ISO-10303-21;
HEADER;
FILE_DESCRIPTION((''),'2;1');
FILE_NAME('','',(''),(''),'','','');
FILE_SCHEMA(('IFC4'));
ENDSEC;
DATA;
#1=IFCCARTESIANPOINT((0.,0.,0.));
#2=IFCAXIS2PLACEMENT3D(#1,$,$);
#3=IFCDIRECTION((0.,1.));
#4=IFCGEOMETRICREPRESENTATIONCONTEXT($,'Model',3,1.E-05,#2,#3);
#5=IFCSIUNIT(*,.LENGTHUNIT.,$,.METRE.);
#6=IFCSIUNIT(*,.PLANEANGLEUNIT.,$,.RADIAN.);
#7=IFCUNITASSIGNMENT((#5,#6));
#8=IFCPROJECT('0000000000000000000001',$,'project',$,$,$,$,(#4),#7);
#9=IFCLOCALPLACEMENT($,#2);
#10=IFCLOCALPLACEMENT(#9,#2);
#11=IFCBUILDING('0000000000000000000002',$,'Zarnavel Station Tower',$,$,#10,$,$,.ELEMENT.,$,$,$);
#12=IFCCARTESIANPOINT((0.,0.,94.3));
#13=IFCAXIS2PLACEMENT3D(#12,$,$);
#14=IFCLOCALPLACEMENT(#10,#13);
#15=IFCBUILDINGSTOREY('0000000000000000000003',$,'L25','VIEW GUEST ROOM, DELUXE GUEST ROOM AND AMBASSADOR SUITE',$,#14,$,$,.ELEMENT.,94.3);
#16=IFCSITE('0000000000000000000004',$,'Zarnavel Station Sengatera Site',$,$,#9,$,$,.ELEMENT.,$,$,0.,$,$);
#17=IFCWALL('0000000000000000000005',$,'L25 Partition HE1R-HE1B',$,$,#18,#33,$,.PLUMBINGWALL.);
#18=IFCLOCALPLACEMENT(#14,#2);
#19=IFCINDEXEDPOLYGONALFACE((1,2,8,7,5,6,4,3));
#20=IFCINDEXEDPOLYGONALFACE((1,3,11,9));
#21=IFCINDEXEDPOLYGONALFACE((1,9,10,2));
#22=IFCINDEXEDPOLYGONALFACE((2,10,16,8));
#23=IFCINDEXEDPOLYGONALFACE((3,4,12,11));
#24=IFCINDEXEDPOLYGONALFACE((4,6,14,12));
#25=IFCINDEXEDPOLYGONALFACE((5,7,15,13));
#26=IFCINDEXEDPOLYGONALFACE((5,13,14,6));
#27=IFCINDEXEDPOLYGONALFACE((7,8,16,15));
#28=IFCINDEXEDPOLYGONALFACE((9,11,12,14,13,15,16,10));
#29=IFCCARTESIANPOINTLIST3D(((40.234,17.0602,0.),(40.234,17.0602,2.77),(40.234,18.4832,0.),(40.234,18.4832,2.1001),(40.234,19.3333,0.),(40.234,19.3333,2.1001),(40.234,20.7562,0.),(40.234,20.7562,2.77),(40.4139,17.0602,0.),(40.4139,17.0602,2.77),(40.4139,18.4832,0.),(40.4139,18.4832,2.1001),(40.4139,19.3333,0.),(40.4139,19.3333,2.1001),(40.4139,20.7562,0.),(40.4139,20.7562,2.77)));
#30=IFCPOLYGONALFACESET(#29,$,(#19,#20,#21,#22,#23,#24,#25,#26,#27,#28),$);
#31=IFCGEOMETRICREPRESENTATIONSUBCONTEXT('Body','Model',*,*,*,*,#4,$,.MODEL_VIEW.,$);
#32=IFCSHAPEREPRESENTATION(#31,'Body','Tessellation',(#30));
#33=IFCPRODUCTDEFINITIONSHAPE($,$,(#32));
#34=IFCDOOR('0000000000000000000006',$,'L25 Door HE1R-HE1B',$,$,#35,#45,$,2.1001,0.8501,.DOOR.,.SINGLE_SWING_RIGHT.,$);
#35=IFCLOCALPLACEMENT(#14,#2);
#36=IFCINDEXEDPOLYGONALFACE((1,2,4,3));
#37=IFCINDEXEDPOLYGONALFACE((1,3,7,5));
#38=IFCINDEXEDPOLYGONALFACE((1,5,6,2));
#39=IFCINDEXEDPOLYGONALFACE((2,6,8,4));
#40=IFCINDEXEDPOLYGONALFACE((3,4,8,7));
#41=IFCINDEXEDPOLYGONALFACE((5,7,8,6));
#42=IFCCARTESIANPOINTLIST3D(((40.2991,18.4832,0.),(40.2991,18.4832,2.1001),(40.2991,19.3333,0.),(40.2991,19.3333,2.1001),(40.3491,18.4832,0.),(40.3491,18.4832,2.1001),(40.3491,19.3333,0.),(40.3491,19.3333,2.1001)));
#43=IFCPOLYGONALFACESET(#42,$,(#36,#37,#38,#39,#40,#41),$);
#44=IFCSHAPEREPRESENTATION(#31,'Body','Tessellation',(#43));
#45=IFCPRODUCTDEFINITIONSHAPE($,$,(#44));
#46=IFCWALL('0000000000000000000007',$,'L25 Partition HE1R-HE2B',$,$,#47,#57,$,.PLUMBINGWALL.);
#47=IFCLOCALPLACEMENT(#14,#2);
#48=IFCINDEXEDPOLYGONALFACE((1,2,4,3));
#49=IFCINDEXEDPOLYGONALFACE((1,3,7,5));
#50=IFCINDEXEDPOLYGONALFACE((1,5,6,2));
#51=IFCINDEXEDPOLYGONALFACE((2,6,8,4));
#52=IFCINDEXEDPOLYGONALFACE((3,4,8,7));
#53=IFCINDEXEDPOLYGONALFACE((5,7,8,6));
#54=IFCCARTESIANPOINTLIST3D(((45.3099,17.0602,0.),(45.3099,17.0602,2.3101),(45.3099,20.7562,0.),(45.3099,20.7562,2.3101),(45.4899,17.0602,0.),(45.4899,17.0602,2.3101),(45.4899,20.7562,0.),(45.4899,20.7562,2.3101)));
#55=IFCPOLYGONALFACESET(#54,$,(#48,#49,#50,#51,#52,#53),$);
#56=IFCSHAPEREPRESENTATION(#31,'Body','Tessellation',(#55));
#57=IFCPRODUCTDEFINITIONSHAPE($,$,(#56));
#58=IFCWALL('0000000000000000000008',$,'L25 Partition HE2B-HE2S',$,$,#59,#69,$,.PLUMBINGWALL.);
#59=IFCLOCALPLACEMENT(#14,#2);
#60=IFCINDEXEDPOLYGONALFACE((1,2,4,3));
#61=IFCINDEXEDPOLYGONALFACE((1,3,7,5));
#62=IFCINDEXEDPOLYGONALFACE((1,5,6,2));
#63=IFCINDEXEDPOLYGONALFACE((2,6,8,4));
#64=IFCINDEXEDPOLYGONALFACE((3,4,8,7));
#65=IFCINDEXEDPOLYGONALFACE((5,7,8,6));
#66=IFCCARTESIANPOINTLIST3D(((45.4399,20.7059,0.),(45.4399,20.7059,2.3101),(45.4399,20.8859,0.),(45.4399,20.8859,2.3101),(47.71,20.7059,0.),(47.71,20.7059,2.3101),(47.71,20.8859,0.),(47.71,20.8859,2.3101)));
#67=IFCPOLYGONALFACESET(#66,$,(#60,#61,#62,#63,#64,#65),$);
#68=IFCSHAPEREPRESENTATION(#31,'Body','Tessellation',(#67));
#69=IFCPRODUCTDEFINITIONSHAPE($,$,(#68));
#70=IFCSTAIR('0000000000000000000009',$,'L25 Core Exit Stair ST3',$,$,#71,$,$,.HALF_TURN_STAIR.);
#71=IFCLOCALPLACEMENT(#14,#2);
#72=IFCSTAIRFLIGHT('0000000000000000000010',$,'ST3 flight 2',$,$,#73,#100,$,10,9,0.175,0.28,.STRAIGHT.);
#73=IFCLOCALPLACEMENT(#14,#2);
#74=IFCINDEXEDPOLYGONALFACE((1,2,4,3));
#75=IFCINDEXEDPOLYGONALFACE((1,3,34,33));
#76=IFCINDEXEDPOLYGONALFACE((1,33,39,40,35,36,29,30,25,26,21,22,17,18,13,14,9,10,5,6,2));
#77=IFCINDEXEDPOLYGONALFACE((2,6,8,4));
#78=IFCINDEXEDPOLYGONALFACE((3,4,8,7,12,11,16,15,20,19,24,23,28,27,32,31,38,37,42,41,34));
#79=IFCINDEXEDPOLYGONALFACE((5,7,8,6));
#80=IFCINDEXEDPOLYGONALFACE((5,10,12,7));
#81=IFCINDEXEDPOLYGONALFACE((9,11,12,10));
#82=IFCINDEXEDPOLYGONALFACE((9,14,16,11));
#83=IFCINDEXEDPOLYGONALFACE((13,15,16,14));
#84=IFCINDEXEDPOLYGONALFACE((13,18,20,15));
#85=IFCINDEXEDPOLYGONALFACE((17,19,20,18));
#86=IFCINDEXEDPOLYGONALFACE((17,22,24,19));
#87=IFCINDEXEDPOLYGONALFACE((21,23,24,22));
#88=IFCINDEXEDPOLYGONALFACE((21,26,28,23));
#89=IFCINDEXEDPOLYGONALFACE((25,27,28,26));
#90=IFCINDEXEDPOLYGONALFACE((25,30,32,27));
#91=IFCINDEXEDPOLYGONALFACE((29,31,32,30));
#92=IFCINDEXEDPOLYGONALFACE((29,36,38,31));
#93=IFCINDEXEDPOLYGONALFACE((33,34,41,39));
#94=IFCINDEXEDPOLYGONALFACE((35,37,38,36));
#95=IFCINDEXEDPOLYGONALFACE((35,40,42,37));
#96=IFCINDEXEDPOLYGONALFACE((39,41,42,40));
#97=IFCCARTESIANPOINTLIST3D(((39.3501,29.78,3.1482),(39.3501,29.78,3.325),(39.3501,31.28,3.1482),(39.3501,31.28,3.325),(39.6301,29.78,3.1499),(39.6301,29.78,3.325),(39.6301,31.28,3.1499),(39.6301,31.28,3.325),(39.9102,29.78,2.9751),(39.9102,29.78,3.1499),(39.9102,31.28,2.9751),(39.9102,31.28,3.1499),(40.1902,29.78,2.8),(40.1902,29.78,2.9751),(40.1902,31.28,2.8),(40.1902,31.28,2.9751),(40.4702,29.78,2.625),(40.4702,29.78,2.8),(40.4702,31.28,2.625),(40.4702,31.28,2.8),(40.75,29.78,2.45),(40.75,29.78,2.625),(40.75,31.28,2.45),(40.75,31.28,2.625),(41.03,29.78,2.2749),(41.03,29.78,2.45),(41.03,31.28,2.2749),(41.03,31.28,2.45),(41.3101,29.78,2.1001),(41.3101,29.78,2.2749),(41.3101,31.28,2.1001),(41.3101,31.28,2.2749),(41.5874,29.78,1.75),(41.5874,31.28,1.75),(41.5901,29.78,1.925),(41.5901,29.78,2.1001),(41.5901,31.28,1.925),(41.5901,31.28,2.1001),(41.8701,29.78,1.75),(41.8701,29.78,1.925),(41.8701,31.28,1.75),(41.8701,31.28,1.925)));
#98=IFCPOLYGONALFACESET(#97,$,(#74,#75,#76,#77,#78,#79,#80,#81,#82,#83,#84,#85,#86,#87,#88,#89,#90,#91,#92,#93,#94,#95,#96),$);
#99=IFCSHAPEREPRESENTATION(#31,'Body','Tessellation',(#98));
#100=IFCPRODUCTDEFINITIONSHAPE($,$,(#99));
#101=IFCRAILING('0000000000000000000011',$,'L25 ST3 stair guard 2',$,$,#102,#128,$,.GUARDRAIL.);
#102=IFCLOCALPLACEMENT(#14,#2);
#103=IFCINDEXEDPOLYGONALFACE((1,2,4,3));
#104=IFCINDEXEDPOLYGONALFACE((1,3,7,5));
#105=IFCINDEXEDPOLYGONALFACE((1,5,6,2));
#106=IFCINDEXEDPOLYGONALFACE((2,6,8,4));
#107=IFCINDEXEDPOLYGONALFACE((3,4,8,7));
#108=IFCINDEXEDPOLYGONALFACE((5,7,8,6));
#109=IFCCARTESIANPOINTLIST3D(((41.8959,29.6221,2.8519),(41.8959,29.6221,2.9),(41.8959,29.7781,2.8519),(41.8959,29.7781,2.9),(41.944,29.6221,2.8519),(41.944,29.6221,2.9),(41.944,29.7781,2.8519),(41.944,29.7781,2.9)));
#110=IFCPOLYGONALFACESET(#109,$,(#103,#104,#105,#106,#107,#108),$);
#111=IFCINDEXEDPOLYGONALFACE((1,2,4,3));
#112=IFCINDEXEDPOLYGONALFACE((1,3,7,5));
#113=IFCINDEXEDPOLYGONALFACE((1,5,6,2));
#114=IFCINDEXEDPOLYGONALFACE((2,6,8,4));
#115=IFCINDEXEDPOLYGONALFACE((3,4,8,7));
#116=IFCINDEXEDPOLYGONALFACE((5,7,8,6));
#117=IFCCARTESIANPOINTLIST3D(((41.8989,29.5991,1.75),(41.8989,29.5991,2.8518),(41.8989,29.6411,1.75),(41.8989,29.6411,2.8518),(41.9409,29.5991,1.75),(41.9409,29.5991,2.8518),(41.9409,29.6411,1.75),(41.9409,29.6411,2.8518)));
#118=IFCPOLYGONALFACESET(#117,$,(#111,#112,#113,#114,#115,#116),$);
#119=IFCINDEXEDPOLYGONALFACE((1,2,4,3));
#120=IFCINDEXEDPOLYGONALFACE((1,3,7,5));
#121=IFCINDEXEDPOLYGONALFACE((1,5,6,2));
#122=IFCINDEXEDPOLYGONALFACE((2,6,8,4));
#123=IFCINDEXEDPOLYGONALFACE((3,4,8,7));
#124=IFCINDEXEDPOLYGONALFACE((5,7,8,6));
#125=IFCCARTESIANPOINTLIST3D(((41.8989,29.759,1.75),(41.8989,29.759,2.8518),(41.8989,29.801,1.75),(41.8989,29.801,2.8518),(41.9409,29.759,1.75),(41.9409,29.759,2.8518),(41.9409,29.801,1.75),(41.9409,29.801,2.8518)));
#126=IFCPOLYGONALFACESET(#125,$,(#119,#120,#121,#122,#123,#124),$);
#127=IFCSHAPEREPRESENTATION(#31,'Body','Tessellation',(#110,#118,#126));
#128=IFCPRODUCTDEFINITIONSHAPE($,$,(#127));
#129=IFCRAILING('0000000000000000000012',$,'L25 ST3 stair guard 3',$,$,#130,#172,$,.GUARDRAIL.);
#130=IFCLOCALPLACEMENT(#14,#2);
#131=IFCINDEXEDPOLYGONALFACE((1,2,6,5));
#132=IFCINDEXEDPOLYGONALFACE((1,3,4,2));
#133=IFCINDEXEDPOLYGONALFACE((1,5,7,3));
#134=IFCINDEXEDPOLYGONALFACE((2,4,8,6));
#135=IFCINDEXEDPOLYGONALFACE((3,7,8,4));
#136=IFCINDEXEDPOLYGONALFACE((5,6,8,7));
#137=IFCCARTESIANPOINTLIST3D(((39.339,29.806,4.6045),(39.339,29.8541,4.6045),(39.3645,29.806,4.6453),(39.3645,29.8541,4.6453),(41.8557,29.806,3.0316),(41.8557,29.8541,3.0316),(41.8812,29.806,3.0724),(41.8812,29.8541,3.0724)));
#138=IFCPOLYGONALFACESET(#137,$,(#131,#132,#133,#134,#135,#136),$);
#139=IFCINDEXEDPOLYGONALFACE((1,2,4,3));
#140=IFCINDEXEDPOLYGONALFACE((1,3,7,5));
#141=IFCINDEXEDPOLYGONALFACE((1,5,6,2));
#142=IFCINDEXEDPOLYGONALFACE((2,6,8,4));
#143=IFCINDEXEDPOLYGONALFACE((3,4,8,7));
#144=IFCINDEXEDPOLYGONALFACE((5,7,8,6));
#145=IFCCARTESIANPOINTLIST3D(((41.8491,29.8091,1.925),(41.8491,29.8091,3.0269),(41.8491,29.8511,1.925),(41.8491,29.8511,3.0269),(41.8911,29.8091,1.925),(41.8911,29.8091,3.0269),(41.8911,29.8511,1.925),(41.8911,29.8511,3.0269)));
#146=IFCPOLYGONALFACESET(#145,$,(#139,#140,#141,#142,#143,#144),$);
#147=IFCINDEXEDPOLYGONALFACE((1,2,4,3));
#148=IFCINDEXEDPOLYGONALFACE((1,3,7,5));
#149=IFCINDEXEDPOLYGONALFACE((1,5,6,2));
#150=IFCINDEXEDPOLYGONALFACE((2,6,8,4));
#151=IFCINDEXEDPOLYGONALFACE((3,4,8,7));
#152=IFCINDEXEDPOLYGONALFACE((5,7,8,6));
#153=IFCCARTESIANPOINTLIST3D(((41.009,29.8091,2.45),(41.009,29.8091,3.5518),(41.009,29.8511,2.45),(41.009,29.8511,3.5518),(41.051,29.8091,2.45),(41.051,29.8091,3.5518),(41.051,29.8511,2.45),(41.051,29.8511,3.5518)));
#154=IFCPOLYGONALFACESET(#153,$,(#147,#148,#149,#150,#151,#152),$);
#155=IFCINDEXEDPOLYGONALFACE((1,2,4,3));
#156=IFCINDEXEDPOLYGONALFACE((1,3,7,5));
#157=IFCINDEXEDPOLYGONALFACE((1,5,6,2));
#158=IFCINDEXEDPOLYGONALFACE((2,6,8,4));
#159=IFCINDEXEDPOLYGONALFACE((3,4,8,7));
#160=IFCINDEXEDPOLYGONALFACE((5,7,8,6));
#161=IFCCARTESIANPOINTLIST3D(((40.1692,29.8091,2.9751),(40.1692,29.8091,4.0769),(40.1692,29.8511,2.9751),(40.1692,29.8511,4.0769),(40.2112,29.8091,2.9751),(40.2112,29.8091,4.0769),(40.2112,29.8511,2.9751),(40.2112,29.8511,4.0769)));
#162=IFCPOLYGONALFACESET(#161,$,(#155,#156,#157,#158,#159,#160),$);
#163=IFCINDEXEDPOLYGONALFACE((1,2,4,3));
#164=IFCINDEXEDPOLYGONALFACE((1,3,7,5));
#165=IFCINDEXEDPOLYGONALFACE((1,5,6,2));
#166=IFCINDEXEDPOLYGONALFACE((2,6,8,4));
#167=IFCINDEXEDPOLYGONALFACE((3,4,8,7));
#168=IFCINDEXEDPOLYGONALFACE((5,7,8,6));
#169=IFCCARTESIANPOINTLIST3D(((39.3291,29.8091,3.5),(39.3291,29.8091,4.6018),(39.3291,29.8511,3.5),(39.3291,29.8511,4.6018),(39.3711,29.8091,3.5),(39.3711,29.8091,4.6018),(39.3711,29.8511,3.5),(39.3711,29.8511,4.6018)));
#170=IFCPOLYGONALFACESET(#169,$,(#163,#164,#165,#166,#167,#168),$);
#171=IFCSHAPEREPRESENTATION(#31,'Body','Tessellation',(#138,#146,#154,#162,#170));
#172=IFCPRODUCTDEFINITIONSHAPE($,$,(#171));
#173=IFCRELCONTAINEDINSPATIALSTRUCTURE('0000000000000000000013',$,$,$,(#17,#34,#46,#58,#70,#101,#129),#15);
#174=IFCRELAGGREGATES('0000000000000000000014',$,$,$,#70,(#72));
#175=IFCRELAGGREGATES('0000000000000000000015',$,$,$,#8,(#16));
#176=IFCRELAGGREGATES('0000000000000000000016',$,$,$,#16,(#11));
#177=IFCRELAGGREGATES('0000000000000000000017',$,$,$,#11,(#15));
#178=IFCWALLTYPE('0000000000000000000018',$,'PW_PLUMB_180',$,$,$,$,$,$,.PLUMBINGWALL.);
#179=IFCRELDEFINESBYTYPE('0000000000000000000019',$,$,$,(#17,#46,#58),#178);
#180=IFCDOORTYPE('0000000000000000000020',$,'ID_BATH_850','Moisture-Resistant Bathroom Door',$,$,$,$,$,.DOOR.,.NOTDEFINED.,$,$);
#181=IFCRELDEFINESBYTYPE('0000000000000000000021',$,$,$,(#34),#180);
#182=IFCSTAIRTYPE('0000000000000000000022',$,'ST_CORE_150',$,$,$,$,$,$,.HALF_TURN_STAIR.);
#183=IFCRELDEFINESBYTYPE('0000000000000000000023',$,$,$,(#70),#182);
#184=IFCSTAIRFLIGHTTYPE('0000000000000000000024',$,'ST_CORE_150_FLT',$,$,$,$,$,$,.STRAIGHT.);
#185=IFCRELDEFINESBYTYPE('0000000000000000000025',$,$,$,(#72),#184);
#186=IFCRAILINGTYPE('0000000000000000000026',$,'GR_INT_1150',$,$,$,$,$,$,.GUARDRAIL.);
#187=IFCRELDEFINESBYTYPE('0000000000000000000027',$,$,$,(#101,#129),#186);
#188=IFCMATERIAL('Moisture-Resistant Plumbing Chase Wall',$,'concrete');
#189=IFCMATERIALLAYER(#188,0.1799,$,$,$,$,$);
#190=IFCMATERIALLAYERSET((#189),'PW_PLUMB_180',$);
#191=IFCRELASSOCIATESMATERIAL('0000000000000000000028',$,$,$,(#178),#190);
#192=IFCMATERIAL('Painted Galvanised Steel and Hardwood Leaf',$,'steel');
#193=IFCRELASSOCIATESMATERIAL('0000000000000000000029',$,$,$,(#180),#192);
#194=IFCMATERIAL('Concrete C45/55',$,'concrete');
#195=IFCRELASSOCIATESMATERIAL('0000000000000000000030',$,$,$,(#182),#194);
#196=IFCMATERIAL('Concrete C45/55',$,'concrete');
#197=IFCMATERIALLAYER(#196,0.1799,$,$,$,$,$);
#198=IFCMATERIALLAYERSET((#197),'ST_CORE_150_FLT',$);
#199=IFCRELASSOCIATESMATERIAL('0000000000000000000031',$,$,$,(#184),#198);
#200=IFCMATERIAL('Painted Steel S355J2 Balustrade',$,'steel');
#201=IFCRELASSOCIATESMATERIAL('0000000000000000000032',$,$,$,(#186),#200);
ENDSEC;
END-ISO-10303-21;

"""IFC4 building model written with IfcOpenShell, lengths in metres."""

from ifc_helpers import new_model, si_unit, direction, frame, frame_2d, origin, origin_2d, place, context, subcontext, project, spatial, polyline, rectangle, outline, extrude, material, layer, layer_set, type_object, element, fill, aggregate, save


model = new_model("IFC4")

# Units and contexts
model_context = context("Model", 3, precision=1e-05, world=origin(), true_north=direction((0.0, 1.0)))
body_context = subcontext(model_context, "Body", "Model", "MODEL_VIEW")
ifc_project = project(units=[si_unit("LENGTHUNIT", "METRE"), si_unit("PLANEANGLEUNIT", "RADIAN")], contexts=[model_context])

# Site, building, storey
site_placement = place(None, origin())
site = spatial("IfcSite", under=ifc_project, at=site_placement, Name="Zarnavel Station Sengatera Site", CompositionType="ELEMENT", RefElevation=0.0)
building_placement = place(site_placement, origin())
building = spatial("IfcBuilding", under=site, at=building_placement, Name="Zarnavel Station Tower", CompositionType="ELEMENT")
storey_placement = place(building_placement, frame((0.0, 0.0, 94.3)))
storey = spatial("IfcBuildingStorey", under=building, at=storey_placement, Name="L25", Description="VIEW GUEST ROOM, DELUXE GUEST ROOM AND AMBASSADOR SUITE", CompositionType="ELEMENT", Elevation=94.3)

# Wall, opening, door
ifc_material_1 = material(Name="Moisture-Resistant Plumbing Chase Wall", Category="concrete")
ifc_layer_1 = layer(ifc_material_1, 0.1799)
ifc_layer_set_1 = layer_set([ifc_layer_1], Name="PW_PLUMB_180")
wall_type_1 = type_object("IfcWallType", Name="PW_PLUMB_180", PredefinedType="PLUMBINGWALL", material=ifc_layer_set_1)
wall_1_placement = place(storey_placement, frame((40.324, 17.0601, 0.0), z_axis=(0.0, 0.0, 1.0), x_axis=(0.0, 1.0, 0.0)))
wall_1 = element("IfcWall", 1, at=wall_1_placement, inside=storey, type_object=wall_type_1, Name="L25 Partition HE1R-HE1B", PredefinedType="PLUMBINGWALL", context=body_context, shape_type="SweptSolid", body=[
    extrude(rectangle(XDim=3.696, YDim=0.1799, at=frame_2d((1.8481, 0.0))), origin(), (0.0, 0.0, 1.0), 2.77),
])
opening_1_placement = place(wall_1_placement, frame((1.4231, 0.0, 0.0)))
opening_1 = element("IfcOpeningElement", 2, at=opening_1_placement, cuts=wall_1, PredefinedType="OPENING", context=body_context, shape_type="SweptSolid", body=[
    extrude(rectangle(XDim=0.8501, YDim=2.1001, at=frame_2d((0.425, 1.05))), frame((0.0, 0.0999, 0.0), z_axis=(0.0, -1.0, 0.0), x_axis=(1.0, 0.0, 0.0)), (0.0, 0.0, 1.0), 0.2),
])
ifc_material_2 = material(Name="Painted Galvanised Steel and Hardwood Leaf", Category="steel")
door_type_1 = type_object("IfcDoorType", Name="ID_BATH_850", Description="Moisture-Resistant Bathroom Door", OperationType="NOTDEFINED", PredefinedType="DOOR", material=ifc_material_2)
door_1_placement = place(opening_1_placement, origin())
door_1 = element("IfcDoor", 3, at=door_1_placement, inside=storey, type_object=door_type_1, Name="L25 Door HE1R-HE1B", OperationType="SINGLE_SWING_RIGHT", OverallHeight=2.1001, OverallWidth=0.8501, PredefinedType="DOOR", context=body_context, shape_type="SweptSolid", body=[
    extrude(rectangle(XDim=0.8501, YDim=2.1001, at=frame_2d((0.425, 1.05))), frame((0.0, 0.0249, 0.0), z_axis=(0.0, -1.0, 0.0), x_axis=(1.0, 0.0, 0.0)), (0.0, 0.0, 1.0), 0.05),
])
fill(opening_1, door_1)

# Walls
wall_2_placement = place(storey_placement, frame((45.3999, 17.0601, 0.0), z_axis=(0.0, 0.0, 1.0), x_axis=(0.0, 1.0, 0.0)))
element("IfcWall", 4, at=wall_2_placement, inside=storey, type_object=wall_type_1, Name="L25 Partition HE1R-HE2B", PredefinedType="PLUMBINGWALL", context=body_context, shape_type="SweptSolid", body=[
    extrude(rectangle(XDim=3.696, YDim=0.1799, at=frame_2d((1.8481, 0.0))), origin(), (0.0, 0.0, 1.0), 2.3101),
])
wall_3_placement = place(storey_placement, frame((45.4399, 20.7959, 0.0), z_axis=(0.0, 0.0, 1.0), x_axis=(1.0, 0.0, 0.0)))
element("IfcWall", 5, at=wall_3_placement, inside=storey, type_object=wall_type_1, Name="L25 Partition HE2B-HE2S", PredefinedType="PLUMBINGWALL", context=body_context, shape_type="SweptSolid", body=[
    extrude(rectangle(XDim=2.27, YDim=0.1799, at=frame_2d((1.135, 0.0))), origin(), (0.0, 0.0, 1.0), 2.3101),
])

# Stair, stair flight
ifc_material_3 = material(Name="Concrete C45/55", Category="concrete")
stair_type = type_object("IfcStairType", Name="ST_CORE_150", PredefinedType="HALF_TURN_STAIR", material=ifc_material_3)
stair_placement = place(storey_placement, origin())
stair = element("IfcStair", 6, at=stair_placement, inside=storey, type_object=stair_type, Name="L25 Core Exit Stair ST3", PredefinedType="HALF_TURN_STAIR")
ifc_material_4 = material(Name="Concrete C45/55", Category="concrete")
ifc_layer_2 = layer(ifc_material_4, 0.1799)
ifc_layer_set_2 = layer_set([ifc_layer_2], Name="ST_CORE_150_FLT")
stair_flight_type = type_object("IfcStairFlightType", Name="ST_CORE_150_FLT", PredefinedType="STRAIGHT", material=ifc_layer_set_2)
stair_flight_placement = place(storey_placement, frame((41.8701, 30.53, 1.75), z_axis=(0.0, 0.0, 1.0), x_axis=(-1.0, 0.0, 0.0)))
stair_flight = element("IfcStairFlight", 7, at=stair_flight_placement, type_object=stair_flight_type, Name="ST3 flight 2", NumberOfRisers=10, NumberOfTreads=9, PredefinedType="STRAIGHT", RiserHeight=0.175, TreadLength=0.28, context=body_context, shape_type="SweptSolid", body=[
    extrude(outline(polyline([(0.0, 0.0), (0.0, 0.175), (0.28, 0.175), (0.28, 0.3501), (0.5601, 0.3501), (0.5601, 0.5249), (0.8401, 0.5249), (0.8401, 0.7), (1.1201, 0.7), (1.1201, 0.875), (1.3999, 0.875), (1.3999, 1.05), (1.6799, 1.05), (1.6799, 1.2251), (1.96, 1.2251), (1.96, 1.3999), (2.24, 1.3999), (2.24, 1.575), (2.52, 1.575), (2.52, 1.75), (2.52, 1.3982), (0.2827, 0.0), (0.0, 0.0)])), frame((0.0, 0.75, 0.0), z_axis=(0.0, -1.0, 0.0), x_axis=(1.0, 0.0, 0.0)), (0.0, 0.0, 1.0), 1.5),
])
aggregate(stair, [stair_flight])

# Railings
ifc_material_5 = material(Name="Painted Steel S355J2 Balustrade", Category="steel")
railing_type = type_object("IfcRailingType", Name="GR_INT_1150", PredefinedType="GUARDRAIL", material=ifc_material_5)
railing_1_placement = place(storey_placement, frame((41.9199, 29.6201, 1.75)))
element("IfcRailing", 8, at=railing_1_placement, inside=storey, type_object=railing_type, Name="L25 ST3 stair guard 2", PredefinedType="GUARDRAIL", context=body_context, shape_type="SweptSolid", body=[
    extrude(rectangle(XDim=0.0481, YDim=0.0481, at=origin_2d()), frame((0.0, 0.002, 1.126), z_axis=(0.0, 1.0, 0.0), x_axis=(-1.0, 0.0, 0.0)), (0.0, 0.0, 1.0), 0.156),
    extrude(rectangle(XDim=0.042, YDim=0.042, at=origin_2d()), origin(), (0.0, 0.0, 1.0), 1.1018),
    extrude(rectangle(XDim=0.042, YDim=0.042, at=origin_2d()), frame((0.0, 0.1599, 0.0)), (0.0, 0.0, 1.0), 1.1018),
])
railing_2_placement = place(storey_placement, frame((41.8701, 29.8301, 1.925)))
element("IfcRailing", 9, at=railing_2_placement, inside=storey, type_object=railing_type, Name="L25 ST3 stair guard 3", PredefinedType="GUARDRAIL", context=body_context, shape_type="SweptSolid", body=[
    extrude(rectangle(XDim=0.0481, YDim=0.0481, at=origin_2d()), frame((-0.0017, 0.0, 1.127), z_axis=(-0.848008, 0.0, 0.529984), x_axis=(0.0, -1.0, 0.0)), (0.0, 0.0, 1.0), 2.9678),
    extrude(rectangle(XDim=0.042, YDim=0.042, at=origin_2d()), origin(), (0.0, 0.0, 1.0), 1.1018),
    extrude(rectangle(XDim=0.042, YDim=0.042, at=origin_2d()), frame((-0.8401, 0.0, 0.5249)), (0.0, 0.0, 1.0), 1.1018),
    extrude(rectangle(XDim=0.042, YDim=0.042, at=origin_2d()), frame((-1.6799, 0.0, 1.05)), (0.0, 0.0, 1.0), 1.1018),
    extrude(rectangle(XDim=0.042, YDim=0.042, at=origin_2d()), frame((-2.52, 0.0, 1.575)), (0.0, 0.0, 1.0), 1.1018),
])

save(model, "model.ifc")
